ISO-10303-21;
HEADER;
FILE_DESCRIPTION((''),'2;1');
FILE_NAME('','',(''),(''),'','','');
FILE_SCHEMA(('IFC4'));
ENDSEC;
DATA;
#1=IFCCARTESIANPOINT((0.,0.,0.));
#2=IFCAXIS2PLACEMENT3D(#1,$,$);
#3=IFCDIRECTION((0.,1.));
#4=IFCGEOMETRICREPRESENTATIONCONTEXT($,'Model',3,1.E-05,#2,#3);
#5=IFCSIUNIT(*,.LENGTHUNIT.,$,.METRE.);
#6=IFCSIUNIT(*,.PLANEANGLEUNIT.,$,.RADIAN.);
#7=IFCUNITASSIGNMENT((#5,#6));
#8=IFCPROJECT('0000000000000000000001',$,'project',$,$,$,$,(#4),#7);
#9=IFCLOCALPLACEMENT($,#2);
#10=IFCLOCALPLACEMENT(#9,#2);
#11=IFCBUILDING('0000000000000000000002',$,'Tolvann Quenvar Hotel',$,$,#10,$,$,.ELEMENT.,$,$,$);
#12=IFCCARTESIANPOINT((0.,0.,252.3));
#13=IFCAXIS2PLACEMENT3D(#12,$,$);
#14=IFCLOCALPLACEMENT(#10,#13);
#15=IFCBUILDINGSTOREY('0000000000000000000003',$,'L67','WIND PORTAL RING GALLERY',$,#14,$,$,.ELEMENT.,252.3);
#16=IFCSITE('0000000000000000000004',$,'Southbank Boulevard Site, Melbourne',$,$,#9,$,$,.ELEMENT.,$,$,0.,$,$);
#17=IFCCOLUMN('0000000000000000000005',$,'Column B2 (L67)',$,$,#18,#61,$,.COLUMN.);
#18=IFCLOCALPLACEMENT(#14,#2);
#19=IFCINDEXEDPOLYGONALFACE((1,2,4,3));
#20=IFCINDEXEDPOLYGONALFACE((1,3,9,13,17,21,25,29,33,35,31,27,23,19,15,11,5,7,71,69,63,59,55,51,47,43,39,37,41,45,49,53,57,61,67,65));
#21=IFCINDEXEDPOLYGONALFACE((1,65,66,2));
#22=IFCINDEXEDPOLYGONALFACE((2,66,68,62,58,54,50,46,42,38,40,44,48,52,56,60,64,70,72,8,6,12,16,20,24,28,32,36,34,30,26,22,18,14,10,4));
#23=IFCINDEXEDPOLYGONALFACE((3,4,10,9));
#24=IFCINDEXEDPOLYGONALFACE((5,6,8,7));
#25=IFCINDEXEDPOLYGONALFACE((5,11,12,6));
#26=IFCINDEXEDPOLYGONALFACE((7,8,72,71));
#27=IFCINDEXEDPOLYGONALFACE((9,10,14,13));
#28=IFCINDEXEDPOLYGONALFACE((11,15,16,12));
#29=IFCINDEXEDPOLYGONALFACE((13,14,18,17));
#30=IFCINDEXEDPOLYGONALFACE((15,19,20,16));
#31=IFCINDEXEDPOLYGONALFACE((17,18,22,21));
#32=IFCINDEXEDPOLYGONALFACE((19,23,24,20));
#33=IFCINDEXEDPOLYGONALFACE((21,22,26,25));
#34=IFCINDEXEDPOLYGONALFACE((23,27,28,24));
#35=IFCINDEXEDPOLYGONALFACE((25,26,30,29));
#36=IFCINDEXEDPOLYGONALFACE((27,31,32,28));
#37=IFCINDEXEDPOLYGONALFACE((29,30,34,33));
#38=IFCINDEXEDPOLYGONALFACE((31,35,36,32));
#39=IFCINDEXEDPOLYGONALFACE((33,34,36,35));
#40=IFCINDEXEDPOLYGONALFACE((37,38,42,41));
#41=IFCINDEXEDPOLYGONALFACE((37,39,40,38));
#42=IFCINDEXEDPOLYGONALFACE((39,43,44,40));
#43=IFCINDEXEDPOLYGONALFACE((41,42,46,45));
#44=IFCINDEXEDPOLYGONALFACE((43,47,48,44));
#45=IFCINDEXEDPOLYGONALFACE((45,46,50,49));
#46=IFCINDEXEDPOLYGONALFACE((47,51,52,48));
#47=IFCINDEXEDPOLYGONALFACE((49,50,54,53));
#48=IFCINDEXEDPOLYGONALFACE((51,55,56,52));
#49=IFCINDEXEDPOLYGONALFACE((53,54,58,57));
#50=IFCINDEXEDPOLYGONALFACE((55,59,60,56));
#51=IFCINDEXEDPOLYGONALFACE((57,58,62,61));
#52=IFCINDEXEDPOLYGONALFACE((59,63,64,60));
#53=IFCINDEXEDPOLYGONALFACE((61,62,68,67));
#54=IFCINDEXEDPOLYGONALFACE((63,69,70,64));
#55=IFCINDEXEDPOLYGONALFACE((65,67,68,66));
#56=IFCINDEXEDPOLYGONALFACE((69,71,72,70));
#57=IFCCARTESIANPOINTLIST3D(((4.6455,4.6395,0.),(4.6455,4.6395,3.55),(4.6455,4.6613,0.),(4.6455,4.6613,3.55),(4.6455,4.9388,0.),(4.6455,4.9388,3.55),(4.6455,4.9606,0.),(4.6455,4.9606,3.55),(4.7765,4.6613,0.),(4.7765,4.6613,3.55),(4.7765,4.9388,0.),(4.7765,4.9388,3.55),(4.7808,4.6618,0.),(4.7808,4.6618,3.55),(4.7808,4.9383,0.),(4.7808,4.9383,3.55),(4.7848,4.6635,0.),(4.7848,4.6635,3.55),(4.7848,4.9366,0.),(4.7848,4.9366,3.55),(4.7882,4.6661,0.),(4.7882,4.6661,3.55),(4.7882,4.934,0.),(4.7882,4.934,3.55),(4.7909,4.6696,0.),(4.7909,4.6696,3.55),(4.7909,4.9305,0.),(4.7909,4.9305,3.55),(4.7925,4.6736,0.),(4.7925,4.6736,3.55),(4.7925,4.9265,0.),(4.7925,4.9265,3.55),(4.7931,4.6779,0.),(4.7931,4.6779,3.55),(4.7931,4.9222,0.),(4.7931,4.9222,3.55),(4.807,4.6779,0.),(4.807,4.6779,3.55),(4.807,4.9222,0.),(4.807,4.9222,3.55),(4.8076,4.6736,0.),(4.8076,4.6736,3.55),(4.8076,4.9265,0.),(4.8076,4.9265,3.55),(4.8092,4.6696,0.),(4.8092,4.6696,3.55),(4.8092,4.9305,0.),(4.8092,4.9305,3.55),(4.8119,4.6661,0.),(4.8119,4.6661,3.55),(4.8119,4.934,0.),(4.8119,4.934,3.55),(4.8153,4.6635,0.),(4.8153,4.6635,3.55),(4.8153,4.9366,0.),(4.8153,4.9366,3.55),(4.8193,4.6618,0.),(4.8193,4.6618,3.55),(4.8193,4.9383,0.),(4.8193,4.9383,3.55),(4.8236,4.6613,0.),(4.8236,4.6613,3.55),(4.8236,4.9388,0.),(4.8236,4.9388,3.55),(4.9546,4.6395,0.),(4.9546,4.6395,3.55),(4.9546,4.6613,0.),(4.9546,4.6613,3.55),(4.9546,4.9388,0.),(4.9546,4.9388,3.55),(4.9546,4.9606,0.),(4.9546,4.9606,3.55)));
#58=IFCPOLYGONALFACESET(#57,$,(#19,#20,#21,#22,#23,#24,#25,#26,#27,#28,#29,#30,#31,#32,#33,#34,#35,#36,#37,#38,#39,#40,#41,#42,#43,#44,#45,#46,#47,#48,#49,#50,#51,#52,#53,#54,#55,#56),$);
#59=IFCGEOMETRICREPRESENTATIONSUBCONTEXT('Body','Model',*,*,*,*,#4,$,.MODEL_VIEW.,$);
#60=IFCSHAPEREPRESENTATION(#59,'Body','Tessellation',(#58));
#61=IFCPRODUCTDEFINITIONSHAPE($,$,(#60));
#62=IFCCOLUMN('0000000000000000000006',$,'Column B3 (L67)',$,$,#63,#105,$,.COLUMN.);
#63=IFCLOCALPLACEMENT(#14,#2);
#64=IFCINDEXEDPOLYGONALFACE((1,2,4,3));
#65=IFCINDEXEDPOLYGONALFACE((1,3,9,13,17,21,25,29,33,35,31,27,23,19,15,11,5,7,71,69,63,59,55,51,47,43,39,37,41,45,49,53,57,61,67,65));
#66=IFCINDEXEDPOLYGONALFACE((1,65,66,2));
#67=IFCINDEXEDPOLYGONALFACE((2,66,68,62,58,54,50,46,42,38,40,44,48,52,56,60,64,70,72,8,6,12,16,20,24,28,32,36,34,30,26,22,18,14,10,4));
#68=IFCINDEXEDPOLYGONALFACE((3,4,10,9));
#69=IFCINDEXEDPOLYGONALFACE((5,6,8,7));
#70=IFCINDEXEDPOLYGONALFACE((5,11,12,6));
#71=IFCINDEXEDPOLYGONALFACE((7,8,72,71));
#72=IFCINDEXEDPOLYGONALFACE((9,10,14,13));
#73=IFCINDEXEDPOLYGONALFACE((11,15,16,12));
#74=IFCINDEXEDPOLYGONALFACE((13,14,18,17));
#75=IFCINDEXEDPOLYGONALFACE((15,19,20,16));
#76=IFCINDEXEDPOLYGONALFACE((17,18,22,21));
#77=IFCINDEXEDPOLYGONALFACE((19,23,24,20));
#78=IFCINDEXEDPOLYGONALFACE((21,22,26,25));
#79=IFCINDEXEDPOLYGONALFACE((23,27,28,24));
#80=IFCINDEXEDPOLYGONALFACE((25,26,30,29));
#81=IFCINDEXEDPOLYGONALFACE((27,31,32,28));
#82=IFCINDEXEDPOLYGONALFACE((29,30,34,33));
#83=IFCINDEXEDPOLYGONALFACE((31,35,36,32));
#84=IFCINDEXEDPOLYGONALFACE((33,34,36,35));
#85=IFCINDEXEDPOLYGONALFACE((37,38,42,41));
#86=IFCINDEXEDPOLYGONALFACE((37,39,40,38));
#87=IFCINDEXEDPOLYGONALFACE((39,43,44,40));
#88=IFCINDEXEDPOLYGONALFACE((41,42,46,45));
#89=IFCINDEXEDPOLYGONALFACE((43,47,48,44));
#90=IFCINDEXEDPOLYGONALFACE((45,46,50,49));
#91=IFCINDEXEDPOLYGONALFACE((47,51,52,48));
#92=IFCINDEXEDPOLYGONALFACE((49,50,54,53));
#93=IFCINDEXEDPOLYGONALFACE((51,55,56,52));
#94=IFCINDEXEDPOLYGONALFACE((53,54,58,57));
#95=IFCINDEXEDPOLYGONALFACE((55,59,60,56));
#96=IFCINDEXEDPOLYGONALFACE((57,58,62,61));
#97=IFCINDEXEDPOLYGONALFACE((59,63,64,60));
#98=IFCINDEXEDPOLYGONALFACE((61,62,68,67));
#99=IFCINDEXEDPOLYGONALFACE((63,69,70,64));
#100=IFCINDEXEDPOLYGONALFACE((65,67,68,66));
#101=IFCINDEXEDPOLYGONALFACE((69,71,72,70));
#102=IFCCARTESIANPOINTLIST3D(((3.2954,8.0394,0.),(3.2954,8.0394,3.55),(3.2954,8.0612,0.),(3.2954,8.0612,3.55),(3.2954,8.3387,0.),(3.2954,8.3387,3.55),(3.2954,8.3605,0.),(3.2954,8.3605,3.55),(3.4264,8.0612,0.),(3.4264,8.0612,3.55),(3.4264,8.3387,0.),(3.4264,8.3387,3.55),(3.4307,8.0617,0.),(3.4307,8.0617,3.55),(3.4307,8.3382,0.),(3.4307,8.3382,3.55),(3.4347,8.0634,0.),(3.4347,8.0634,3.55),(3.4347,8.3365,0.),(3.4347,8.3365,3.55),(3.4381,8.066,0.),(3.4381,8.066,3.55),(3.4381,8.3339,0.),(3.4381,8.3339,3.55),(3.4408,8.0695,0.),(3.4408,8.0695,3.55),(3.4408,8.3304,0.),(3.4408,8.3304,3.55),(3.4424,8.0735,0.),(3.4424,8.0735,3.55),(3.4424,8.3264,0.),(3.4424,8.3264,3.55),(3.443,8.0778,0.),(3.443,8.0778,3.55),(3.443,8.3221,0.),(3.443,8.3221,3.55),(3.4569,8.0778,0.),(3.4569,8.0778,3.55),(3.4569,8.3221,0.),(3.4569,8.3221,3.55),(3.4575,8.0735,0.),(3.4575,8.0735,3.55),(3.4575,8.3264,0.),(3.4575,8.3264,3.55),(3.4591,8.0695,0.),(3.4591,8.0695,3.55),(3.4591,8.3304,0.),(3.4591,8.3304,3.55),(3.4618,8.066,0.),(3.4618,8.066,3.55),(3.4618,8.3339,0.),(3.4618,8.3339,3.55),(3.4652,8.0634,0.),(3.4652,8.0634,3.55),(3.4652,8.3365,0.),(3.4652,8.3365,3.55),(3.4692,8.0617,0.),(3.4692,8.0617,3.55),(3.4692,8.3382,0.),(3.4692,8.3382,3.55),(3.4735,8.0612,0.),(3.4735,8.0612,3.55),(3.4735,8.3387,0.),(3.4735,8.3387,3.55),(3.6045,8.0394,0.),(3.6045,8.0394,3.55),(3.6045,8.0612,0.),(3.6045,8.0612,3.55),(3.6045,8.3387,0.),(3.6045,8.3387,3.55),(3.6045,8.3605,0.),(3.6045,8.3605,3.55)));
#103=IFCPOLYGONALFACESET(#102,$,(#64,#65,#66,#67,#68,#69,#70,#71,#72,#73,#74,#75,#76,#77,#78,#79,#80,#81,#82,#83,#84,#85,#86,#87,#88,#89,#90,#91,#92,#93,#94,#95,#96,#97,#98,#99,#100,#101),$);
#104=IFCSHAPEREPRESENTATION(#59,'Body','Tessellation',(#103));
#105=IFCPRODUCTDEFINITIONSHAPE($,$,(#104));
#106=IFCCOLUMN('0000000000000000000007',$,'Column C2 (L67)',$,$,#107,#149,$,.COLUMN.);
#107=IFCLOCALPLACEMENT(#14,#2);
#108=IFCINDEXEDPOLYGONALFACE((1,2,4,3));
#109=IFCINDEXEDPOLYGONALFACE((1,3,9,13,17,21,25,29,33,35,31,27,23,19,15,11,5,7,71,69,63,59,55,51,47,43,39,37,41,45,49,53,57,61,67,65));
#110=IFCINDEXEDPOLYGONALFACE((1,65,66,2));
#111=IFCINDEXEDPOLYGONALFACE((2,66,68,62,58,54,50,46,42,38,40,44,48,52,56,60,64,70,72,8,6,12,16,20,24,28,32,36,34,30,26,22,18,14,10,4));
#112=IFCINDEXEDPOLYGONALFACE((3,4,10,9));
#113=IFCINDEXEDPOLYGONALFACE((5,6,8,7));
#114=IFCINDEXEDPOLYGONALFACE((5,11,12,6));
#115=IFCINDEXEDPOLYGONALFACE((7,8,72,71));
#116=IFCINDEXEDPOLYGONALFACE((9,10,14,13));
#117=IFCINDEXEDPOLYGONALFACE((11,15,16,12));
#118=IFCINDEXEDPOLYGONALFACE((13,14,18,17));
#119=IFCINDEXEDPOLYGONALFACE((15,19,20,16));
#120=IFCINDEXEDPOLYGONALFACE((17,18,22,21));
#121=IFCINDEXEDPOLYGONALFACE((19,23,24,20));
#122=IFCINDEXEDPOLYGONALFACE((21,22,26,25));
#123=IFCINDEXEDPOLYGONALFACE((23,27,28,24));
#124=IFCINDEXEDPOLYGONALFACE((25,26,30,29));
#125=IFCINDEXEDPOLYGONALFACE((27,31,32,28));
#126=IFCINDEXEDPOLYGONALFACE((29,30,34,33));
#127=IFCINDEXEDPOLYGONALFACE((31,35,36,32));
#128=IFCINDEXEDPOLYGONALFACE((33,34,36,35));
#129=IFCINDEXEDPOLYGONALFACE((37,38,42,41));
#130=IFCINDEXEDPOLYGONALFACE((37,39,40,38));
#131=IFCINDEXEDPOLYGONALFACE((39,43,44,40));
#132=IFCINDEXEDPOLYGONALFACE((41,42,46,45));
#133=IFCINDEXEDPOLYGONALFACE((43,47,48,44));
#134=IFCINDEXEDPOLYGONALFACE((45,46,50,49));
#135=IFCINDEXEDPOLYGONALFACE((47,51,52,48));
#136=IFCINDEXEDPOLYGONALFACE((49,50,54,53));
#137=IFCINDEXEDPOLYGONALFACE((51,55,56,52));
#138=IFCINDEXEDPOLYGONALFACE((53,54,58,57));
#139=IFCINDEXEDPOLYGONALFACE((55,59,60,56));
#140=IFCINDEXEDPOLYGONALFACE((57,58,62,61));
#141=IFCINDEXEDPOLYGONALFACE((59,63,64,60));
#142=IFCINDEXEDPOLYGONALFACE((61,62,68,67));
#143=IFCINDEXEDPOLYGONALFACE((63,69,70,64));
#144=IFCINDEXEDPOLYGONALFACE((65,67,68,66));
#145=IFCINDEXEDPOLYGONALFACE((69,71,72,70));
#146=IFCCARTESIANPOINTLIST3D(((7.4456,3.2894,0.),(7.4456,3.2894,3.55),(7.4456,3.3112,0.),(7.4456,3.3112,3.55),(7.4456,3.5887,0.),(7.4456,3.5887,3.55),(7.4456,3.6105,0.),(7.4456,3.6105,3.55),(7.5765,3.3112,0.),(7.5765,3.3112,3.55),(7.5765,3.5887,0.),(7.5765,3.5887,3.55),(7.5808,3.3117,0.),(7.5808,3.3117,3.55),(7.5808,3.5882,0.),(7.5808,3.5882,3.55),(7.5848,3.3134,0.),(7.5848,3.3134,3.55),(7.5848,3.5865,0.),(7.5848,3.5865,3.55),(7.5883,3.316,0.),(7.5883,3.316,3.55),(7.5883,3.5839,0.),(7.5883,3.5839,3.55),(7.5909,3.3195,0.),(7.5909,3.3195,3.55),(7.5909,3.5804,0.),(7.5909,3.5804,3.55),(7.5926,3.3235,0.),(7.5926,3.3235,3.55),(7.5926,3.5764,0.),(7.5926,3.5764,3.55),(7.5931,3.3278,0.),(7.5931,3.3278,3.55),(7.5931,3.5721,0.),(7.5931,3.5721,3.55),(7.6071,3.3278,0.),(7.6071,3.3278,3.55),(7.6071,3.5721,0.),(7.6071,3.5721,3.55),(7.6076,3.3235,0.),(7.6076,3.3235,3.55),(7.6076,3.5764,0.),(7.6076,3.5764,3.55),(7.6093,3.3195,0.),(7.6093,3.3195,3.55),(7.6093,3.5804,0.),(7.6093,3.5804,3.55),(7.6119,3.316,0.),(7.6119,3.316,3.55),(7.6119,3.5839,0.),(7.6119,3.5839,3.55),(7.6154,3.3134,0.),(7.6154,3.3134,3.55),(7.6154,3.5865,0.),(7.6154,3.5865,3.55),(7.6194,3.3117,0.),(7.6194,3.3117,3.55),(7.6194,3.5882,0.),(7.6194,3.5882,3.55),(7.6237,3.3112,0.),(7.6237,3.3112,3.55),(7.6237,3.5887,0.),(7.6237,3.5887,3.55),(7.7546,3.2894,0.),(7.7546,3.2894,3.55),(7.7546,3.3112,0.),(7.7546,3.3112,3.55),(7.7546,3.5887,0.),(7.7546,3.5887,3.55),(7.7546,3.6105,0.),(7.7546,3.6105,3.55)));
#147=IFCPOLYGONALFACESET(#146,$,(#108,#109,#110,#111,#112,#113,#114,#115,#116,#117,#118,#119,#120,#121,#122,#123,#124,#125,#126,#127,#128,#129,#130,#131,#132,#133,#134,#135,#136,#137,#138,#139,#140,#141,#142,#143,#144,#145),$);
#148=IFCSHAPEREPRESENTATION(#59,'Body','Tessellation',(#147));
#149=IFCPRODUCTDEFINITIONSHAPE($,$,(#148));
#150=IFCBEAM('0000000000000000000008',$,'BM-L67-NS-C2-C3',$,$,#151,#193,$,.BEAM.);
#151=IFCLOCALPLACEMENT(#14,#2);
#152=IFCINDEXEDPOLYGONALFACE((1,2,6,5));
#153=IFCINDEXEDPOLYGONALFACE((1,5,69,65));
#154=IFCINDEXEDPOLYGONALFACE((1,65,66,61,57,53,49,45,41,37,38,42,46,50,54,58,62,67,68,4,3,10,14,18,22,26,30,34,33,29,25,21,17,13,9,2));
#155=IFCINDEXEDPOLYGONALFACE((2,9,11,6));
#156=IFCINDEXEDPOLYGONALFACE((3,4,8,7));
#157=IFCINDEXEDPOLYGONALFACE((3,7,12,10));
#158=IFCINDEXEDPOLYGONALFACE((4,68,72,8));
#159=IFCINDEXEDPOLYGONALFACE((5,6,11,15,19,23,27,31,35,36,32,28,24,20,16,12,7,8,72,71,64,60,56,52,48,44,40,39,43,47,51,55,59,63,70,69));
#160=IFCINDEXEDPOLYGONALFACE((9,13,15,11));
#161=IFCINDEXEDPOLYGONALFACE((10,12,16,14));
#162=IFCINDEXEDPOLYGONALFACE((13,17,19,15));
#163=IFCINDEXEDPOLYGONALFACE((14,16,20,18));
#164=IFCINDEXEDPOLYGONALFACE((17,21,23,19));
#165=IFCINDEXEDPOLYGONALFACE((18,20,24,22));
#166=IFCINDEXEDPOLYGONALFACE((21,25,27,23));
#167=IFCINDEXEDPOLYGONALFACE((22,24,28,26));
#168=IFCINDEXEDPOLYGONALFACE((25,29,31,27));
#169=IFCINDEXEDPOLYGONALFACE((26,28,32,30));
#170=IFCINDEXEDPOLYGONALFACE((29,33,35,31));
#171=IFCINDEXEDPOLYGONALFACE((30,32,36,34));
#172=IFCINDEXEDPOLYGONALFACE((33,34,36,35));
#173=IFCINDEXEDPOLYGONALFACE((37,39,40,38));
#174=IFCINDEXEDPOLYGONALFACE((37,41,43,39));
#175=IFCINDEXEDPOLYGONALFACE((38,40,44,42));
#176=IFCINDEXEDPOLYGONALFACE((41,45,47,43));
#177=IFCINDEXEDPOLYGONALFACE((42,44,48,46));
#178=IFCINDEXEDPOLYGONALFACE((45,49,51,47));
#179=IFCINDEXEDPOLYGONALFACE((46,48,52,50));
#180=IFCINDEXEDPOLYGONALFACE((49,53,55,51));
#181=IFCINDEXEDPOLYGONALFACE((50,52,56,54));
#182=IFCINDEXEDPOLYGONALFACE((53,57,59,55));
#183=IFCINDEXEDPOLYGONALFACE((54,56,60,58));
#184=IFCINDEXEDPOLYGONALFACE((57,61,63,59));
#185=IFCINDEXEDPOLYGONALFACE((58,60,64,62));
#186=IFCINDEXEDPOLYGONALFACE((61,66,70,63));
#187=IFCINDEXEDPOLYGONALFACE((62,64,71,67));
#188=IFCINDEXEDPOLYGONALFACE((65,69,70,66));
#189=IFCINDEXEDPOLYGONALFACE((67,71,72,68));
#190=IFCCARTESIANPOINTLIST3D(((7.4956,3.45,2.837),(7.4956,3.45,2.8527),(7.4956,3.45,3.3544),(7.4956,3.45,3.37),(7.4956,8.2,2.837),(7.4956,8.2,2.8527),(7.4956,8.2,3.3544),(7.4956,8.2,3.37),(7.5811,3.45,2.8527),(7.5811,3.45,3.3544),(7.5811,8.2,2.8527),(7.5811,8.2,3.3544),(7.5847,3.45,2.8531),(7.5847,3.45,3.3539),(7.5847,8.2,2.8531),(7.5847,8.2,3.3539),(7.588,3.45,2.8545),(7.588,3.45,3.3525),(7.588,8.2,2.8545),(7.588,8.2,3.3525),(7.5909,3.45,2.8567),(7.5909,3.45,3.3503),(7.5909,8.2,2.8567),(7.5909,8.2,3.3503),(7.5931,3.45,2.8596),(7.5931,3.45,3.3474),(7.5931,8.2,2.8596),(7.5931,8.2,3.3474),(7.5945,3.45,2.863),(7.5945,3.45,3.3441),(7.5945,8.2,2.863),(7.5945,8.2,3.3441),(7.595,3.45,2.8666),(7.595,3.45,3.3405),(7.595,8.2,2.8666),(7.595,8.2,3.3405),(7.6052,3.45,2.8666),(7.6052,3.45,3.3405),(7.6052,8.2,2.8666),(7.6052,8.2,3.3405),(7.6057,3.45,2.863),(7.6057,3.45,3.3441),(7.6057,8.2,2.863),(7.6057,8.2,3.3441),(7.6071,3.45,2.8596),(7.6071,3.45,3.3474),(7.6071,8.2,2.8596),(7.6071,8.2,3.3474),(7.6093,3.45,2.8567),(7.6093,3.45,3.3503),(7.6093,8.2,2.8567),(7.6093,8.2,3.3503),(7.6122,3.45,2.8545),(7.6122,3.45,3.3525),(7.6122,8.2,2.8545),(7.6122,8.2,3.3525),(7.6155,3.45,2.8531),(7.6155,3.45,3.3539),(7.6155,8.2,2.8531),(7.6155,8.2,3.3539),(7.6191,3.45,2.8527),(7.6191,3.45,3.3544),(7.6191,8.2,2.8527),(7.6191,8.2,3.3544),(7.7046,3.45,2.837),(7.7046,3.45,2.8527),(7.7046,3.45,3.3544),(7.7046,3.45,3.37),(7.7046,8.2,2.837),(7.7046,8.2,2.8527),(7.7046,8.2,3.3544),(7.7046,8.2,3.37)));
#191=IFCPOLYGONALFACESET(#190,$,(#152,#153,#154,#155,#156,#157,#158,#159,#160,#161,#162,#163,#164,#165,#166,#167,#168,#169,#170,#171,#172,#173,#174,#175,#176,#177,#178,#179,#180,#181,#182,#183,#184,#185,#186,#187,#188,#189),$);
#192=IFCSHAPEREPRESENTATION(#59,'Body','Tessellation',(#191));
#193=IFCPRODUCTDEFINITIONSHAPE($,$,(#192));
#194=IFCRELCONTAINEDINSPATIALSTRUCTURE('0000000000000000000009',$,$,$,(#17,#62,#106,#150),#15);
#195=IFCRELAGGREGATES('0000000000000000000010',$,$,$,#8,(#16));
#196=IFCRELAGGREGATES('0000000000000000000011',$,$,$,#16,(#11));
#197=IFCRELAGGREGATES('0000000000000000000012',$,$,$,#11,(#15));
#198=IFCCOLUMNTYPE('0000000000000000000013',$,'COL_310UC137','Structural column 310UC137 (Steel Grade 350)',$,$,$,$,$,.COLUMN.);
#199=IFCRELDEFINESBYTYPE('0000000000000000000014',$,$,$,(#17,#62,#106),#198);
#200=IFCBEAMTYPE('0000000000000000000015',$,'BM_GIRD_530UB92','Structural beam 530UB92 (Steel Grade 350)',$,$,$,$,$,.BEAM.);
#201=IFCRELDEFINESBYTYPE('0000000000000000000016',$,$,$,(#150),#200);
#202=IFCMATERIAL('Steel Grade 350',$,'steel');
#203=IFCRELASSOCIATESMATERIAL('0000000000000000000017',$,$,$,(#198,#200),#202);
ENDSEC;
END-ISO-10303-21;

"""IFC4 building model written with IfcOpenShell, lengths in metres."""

from ifc_helpers import new_model, si_unit, direction, frame, origin, origin_2d, place, context, subcontext, project, spatial, i_section, extrude, source, transform, mapped, material, material_profile, profile_set, type_object, type_shapes, element, save


model = new_model("IFC4")

# Units and contexts
model_context = context("Model", 3, precision=1e-05, world=origin(), true_north=direction((0.0, 1.0)))
body_context = subcontext(model_context, "Body", "Model", "MODEL_VIEW")
ifc_project = project(units=[si_unit("LENGTHUNIT", "METRE"), si_unit("PLANEANGLEUNIT", "RADIAN")], contexts=[model_context])

# Site, building, storey
site_placement = place(None, origin())
site = spatial("IfcSite", under=ifc_project, at=site_placement, Name="Southbank Boulevard Site, Melbourne", CompositionType="ELEMENT", RefElevation=0.0)
building_placement = place(site_placement, origin())
building = spatial("IfcBuilding", under=site, at=building_placement, Name="Tolvann Quenvar Hotel", CompositionType="ELEMENT")
storey_placement = place(building_placement, frame((0.0, 0.0, 252.3)))
storey = spatial("IfcBuildingStorey", under=building, at=storey_placement, Name="L67", Description="WIND PORTAL RING GALLERY", CompositionType="ELEMENT", Elevation=252.3)

# Columns
ifc_material_1 = material(Name="Steel Grade 350", Category="steel")
ifc_material_profile_1 = material_profile(ifc_material_1, i_section(OverallWidth=0.3091, OverallDepth=0.321, WebThickness=0.0139, FlangeThickness=0.0217, FilletRadius=0.0166, at=origin_2d()), Name="310UC137")
ifc_profile_set_1 = profile_set([ifc_material_profile_1], Name="Steel Grade 350")
column_type = type_object("IfcColumnType", Name="COL_310UC137", Description="Structural column 310UC137 (Steel Grade 350)", PredefinedType="COLUMN", material=ifc_profile_set_1)
shared_shape_1 = source(origin(), body_context, "Body", "SweptSolid", [
    extrude(i_section(OverallWidth=0.3091, OverallDepth=0.321, WebThickness=0.0139, FlangeThickness=0.0217, FilletRadius=0.0166, at=origin_2d()), origin(), (0.0, 0.0, 1.0), 3.55),
])
type_shapes(column_type, [shared_shape_1])
for number, where, z_axis, x_axis, name in (
    (1, (4.8, 4.8, 0.0), (0.0, 0.0, 1.0), (1.0, 0.0, 0.0), "Column B2 (L67)"),
    (2, (3.45, 8.2, 0.0), (0.0, 0.0, 1.0), (1.0, 0.0, 0.0), "Column B3 (L67)"),
    (3, (7.6001, 3.45, 0.0), (0.0, 0.0, 1.0), (1.0, 0.0, 0.0), "Column C2 (L67)"),
):
    element("IfcColumn", number, at=place(storey_placement, frame(where, z_axis=z_axis, x_axis=x_axis)), inside=storey, type_object=column_type, Name=name, PredefinedType="COLUMN", context=body_context, shape_type="MappedRepresentation", body=[
        mapped(shared_shape_1, transform((0.0, 0.0, 0.0), x_axis=(1.0, 0.0, 0.0), y_axis=(0.0, 1.0, 0.0), z_axis=(0.0, 0.0, 1.0), scale=1.0)),
    ])

# Beam
ifc_material_profile_2 = material_profile(ifc_material_1, i_section(OverallWidth=0.209, OverallDepth=0.533, WebThickness=0.0103, FlangeThickness=0.0156, FilletRadius=0.0139, at=origin_2d()), Name="530UB92")
ifc_profile_set_2 = profile_set([ifc_material_profile_2], Name="Steel Grade 350")
beam_type_1 = type_object("IfcBeamType", Name="BM_GIRD_530UB92", Description="Structural beam 530UB92 (Steel Grade 350)", PredefinedType="BEAM", material=ifc_profile_set_2)
shared_shape_2 = source(origin(), body_context, "Body", "SweptSolid", [
    extrude(i_section(OverallWidth=0.209, OverallDepth=0.533, WebThickness=0.0103, FlangeThickness=0.0156, FilletRadius=0.0139, at=origin_2d()), origin(), (0.0, 0.0, 1.0), 4.75),
])
beam_1_placement = place(storey_placement, frame((7.6001, 3.45, 3.1035), z_axis=(0.0, 1.0, 0.0), x_axis=(-1.0, 0.0, 0.0)))
element("IfcBeam", 4, at=beam_1_placement, inside=storey, type_object=beam_type_1, Name="BM-L67-NS-C2-C3", PredefinedType="BEAM", context=body_context, shape_type="MappedRepresentation", body=[
    mapped(shared_shape_2, transform((0.0, 0.0, 0.0), x_axis=(1.0, 0.0, 0.0), y_axis=(0.0, 1.0, 0.0), z_axis=(0.0, 0.0, 1.0), scale=1.0)),
])

save(model, "model.ifc")
